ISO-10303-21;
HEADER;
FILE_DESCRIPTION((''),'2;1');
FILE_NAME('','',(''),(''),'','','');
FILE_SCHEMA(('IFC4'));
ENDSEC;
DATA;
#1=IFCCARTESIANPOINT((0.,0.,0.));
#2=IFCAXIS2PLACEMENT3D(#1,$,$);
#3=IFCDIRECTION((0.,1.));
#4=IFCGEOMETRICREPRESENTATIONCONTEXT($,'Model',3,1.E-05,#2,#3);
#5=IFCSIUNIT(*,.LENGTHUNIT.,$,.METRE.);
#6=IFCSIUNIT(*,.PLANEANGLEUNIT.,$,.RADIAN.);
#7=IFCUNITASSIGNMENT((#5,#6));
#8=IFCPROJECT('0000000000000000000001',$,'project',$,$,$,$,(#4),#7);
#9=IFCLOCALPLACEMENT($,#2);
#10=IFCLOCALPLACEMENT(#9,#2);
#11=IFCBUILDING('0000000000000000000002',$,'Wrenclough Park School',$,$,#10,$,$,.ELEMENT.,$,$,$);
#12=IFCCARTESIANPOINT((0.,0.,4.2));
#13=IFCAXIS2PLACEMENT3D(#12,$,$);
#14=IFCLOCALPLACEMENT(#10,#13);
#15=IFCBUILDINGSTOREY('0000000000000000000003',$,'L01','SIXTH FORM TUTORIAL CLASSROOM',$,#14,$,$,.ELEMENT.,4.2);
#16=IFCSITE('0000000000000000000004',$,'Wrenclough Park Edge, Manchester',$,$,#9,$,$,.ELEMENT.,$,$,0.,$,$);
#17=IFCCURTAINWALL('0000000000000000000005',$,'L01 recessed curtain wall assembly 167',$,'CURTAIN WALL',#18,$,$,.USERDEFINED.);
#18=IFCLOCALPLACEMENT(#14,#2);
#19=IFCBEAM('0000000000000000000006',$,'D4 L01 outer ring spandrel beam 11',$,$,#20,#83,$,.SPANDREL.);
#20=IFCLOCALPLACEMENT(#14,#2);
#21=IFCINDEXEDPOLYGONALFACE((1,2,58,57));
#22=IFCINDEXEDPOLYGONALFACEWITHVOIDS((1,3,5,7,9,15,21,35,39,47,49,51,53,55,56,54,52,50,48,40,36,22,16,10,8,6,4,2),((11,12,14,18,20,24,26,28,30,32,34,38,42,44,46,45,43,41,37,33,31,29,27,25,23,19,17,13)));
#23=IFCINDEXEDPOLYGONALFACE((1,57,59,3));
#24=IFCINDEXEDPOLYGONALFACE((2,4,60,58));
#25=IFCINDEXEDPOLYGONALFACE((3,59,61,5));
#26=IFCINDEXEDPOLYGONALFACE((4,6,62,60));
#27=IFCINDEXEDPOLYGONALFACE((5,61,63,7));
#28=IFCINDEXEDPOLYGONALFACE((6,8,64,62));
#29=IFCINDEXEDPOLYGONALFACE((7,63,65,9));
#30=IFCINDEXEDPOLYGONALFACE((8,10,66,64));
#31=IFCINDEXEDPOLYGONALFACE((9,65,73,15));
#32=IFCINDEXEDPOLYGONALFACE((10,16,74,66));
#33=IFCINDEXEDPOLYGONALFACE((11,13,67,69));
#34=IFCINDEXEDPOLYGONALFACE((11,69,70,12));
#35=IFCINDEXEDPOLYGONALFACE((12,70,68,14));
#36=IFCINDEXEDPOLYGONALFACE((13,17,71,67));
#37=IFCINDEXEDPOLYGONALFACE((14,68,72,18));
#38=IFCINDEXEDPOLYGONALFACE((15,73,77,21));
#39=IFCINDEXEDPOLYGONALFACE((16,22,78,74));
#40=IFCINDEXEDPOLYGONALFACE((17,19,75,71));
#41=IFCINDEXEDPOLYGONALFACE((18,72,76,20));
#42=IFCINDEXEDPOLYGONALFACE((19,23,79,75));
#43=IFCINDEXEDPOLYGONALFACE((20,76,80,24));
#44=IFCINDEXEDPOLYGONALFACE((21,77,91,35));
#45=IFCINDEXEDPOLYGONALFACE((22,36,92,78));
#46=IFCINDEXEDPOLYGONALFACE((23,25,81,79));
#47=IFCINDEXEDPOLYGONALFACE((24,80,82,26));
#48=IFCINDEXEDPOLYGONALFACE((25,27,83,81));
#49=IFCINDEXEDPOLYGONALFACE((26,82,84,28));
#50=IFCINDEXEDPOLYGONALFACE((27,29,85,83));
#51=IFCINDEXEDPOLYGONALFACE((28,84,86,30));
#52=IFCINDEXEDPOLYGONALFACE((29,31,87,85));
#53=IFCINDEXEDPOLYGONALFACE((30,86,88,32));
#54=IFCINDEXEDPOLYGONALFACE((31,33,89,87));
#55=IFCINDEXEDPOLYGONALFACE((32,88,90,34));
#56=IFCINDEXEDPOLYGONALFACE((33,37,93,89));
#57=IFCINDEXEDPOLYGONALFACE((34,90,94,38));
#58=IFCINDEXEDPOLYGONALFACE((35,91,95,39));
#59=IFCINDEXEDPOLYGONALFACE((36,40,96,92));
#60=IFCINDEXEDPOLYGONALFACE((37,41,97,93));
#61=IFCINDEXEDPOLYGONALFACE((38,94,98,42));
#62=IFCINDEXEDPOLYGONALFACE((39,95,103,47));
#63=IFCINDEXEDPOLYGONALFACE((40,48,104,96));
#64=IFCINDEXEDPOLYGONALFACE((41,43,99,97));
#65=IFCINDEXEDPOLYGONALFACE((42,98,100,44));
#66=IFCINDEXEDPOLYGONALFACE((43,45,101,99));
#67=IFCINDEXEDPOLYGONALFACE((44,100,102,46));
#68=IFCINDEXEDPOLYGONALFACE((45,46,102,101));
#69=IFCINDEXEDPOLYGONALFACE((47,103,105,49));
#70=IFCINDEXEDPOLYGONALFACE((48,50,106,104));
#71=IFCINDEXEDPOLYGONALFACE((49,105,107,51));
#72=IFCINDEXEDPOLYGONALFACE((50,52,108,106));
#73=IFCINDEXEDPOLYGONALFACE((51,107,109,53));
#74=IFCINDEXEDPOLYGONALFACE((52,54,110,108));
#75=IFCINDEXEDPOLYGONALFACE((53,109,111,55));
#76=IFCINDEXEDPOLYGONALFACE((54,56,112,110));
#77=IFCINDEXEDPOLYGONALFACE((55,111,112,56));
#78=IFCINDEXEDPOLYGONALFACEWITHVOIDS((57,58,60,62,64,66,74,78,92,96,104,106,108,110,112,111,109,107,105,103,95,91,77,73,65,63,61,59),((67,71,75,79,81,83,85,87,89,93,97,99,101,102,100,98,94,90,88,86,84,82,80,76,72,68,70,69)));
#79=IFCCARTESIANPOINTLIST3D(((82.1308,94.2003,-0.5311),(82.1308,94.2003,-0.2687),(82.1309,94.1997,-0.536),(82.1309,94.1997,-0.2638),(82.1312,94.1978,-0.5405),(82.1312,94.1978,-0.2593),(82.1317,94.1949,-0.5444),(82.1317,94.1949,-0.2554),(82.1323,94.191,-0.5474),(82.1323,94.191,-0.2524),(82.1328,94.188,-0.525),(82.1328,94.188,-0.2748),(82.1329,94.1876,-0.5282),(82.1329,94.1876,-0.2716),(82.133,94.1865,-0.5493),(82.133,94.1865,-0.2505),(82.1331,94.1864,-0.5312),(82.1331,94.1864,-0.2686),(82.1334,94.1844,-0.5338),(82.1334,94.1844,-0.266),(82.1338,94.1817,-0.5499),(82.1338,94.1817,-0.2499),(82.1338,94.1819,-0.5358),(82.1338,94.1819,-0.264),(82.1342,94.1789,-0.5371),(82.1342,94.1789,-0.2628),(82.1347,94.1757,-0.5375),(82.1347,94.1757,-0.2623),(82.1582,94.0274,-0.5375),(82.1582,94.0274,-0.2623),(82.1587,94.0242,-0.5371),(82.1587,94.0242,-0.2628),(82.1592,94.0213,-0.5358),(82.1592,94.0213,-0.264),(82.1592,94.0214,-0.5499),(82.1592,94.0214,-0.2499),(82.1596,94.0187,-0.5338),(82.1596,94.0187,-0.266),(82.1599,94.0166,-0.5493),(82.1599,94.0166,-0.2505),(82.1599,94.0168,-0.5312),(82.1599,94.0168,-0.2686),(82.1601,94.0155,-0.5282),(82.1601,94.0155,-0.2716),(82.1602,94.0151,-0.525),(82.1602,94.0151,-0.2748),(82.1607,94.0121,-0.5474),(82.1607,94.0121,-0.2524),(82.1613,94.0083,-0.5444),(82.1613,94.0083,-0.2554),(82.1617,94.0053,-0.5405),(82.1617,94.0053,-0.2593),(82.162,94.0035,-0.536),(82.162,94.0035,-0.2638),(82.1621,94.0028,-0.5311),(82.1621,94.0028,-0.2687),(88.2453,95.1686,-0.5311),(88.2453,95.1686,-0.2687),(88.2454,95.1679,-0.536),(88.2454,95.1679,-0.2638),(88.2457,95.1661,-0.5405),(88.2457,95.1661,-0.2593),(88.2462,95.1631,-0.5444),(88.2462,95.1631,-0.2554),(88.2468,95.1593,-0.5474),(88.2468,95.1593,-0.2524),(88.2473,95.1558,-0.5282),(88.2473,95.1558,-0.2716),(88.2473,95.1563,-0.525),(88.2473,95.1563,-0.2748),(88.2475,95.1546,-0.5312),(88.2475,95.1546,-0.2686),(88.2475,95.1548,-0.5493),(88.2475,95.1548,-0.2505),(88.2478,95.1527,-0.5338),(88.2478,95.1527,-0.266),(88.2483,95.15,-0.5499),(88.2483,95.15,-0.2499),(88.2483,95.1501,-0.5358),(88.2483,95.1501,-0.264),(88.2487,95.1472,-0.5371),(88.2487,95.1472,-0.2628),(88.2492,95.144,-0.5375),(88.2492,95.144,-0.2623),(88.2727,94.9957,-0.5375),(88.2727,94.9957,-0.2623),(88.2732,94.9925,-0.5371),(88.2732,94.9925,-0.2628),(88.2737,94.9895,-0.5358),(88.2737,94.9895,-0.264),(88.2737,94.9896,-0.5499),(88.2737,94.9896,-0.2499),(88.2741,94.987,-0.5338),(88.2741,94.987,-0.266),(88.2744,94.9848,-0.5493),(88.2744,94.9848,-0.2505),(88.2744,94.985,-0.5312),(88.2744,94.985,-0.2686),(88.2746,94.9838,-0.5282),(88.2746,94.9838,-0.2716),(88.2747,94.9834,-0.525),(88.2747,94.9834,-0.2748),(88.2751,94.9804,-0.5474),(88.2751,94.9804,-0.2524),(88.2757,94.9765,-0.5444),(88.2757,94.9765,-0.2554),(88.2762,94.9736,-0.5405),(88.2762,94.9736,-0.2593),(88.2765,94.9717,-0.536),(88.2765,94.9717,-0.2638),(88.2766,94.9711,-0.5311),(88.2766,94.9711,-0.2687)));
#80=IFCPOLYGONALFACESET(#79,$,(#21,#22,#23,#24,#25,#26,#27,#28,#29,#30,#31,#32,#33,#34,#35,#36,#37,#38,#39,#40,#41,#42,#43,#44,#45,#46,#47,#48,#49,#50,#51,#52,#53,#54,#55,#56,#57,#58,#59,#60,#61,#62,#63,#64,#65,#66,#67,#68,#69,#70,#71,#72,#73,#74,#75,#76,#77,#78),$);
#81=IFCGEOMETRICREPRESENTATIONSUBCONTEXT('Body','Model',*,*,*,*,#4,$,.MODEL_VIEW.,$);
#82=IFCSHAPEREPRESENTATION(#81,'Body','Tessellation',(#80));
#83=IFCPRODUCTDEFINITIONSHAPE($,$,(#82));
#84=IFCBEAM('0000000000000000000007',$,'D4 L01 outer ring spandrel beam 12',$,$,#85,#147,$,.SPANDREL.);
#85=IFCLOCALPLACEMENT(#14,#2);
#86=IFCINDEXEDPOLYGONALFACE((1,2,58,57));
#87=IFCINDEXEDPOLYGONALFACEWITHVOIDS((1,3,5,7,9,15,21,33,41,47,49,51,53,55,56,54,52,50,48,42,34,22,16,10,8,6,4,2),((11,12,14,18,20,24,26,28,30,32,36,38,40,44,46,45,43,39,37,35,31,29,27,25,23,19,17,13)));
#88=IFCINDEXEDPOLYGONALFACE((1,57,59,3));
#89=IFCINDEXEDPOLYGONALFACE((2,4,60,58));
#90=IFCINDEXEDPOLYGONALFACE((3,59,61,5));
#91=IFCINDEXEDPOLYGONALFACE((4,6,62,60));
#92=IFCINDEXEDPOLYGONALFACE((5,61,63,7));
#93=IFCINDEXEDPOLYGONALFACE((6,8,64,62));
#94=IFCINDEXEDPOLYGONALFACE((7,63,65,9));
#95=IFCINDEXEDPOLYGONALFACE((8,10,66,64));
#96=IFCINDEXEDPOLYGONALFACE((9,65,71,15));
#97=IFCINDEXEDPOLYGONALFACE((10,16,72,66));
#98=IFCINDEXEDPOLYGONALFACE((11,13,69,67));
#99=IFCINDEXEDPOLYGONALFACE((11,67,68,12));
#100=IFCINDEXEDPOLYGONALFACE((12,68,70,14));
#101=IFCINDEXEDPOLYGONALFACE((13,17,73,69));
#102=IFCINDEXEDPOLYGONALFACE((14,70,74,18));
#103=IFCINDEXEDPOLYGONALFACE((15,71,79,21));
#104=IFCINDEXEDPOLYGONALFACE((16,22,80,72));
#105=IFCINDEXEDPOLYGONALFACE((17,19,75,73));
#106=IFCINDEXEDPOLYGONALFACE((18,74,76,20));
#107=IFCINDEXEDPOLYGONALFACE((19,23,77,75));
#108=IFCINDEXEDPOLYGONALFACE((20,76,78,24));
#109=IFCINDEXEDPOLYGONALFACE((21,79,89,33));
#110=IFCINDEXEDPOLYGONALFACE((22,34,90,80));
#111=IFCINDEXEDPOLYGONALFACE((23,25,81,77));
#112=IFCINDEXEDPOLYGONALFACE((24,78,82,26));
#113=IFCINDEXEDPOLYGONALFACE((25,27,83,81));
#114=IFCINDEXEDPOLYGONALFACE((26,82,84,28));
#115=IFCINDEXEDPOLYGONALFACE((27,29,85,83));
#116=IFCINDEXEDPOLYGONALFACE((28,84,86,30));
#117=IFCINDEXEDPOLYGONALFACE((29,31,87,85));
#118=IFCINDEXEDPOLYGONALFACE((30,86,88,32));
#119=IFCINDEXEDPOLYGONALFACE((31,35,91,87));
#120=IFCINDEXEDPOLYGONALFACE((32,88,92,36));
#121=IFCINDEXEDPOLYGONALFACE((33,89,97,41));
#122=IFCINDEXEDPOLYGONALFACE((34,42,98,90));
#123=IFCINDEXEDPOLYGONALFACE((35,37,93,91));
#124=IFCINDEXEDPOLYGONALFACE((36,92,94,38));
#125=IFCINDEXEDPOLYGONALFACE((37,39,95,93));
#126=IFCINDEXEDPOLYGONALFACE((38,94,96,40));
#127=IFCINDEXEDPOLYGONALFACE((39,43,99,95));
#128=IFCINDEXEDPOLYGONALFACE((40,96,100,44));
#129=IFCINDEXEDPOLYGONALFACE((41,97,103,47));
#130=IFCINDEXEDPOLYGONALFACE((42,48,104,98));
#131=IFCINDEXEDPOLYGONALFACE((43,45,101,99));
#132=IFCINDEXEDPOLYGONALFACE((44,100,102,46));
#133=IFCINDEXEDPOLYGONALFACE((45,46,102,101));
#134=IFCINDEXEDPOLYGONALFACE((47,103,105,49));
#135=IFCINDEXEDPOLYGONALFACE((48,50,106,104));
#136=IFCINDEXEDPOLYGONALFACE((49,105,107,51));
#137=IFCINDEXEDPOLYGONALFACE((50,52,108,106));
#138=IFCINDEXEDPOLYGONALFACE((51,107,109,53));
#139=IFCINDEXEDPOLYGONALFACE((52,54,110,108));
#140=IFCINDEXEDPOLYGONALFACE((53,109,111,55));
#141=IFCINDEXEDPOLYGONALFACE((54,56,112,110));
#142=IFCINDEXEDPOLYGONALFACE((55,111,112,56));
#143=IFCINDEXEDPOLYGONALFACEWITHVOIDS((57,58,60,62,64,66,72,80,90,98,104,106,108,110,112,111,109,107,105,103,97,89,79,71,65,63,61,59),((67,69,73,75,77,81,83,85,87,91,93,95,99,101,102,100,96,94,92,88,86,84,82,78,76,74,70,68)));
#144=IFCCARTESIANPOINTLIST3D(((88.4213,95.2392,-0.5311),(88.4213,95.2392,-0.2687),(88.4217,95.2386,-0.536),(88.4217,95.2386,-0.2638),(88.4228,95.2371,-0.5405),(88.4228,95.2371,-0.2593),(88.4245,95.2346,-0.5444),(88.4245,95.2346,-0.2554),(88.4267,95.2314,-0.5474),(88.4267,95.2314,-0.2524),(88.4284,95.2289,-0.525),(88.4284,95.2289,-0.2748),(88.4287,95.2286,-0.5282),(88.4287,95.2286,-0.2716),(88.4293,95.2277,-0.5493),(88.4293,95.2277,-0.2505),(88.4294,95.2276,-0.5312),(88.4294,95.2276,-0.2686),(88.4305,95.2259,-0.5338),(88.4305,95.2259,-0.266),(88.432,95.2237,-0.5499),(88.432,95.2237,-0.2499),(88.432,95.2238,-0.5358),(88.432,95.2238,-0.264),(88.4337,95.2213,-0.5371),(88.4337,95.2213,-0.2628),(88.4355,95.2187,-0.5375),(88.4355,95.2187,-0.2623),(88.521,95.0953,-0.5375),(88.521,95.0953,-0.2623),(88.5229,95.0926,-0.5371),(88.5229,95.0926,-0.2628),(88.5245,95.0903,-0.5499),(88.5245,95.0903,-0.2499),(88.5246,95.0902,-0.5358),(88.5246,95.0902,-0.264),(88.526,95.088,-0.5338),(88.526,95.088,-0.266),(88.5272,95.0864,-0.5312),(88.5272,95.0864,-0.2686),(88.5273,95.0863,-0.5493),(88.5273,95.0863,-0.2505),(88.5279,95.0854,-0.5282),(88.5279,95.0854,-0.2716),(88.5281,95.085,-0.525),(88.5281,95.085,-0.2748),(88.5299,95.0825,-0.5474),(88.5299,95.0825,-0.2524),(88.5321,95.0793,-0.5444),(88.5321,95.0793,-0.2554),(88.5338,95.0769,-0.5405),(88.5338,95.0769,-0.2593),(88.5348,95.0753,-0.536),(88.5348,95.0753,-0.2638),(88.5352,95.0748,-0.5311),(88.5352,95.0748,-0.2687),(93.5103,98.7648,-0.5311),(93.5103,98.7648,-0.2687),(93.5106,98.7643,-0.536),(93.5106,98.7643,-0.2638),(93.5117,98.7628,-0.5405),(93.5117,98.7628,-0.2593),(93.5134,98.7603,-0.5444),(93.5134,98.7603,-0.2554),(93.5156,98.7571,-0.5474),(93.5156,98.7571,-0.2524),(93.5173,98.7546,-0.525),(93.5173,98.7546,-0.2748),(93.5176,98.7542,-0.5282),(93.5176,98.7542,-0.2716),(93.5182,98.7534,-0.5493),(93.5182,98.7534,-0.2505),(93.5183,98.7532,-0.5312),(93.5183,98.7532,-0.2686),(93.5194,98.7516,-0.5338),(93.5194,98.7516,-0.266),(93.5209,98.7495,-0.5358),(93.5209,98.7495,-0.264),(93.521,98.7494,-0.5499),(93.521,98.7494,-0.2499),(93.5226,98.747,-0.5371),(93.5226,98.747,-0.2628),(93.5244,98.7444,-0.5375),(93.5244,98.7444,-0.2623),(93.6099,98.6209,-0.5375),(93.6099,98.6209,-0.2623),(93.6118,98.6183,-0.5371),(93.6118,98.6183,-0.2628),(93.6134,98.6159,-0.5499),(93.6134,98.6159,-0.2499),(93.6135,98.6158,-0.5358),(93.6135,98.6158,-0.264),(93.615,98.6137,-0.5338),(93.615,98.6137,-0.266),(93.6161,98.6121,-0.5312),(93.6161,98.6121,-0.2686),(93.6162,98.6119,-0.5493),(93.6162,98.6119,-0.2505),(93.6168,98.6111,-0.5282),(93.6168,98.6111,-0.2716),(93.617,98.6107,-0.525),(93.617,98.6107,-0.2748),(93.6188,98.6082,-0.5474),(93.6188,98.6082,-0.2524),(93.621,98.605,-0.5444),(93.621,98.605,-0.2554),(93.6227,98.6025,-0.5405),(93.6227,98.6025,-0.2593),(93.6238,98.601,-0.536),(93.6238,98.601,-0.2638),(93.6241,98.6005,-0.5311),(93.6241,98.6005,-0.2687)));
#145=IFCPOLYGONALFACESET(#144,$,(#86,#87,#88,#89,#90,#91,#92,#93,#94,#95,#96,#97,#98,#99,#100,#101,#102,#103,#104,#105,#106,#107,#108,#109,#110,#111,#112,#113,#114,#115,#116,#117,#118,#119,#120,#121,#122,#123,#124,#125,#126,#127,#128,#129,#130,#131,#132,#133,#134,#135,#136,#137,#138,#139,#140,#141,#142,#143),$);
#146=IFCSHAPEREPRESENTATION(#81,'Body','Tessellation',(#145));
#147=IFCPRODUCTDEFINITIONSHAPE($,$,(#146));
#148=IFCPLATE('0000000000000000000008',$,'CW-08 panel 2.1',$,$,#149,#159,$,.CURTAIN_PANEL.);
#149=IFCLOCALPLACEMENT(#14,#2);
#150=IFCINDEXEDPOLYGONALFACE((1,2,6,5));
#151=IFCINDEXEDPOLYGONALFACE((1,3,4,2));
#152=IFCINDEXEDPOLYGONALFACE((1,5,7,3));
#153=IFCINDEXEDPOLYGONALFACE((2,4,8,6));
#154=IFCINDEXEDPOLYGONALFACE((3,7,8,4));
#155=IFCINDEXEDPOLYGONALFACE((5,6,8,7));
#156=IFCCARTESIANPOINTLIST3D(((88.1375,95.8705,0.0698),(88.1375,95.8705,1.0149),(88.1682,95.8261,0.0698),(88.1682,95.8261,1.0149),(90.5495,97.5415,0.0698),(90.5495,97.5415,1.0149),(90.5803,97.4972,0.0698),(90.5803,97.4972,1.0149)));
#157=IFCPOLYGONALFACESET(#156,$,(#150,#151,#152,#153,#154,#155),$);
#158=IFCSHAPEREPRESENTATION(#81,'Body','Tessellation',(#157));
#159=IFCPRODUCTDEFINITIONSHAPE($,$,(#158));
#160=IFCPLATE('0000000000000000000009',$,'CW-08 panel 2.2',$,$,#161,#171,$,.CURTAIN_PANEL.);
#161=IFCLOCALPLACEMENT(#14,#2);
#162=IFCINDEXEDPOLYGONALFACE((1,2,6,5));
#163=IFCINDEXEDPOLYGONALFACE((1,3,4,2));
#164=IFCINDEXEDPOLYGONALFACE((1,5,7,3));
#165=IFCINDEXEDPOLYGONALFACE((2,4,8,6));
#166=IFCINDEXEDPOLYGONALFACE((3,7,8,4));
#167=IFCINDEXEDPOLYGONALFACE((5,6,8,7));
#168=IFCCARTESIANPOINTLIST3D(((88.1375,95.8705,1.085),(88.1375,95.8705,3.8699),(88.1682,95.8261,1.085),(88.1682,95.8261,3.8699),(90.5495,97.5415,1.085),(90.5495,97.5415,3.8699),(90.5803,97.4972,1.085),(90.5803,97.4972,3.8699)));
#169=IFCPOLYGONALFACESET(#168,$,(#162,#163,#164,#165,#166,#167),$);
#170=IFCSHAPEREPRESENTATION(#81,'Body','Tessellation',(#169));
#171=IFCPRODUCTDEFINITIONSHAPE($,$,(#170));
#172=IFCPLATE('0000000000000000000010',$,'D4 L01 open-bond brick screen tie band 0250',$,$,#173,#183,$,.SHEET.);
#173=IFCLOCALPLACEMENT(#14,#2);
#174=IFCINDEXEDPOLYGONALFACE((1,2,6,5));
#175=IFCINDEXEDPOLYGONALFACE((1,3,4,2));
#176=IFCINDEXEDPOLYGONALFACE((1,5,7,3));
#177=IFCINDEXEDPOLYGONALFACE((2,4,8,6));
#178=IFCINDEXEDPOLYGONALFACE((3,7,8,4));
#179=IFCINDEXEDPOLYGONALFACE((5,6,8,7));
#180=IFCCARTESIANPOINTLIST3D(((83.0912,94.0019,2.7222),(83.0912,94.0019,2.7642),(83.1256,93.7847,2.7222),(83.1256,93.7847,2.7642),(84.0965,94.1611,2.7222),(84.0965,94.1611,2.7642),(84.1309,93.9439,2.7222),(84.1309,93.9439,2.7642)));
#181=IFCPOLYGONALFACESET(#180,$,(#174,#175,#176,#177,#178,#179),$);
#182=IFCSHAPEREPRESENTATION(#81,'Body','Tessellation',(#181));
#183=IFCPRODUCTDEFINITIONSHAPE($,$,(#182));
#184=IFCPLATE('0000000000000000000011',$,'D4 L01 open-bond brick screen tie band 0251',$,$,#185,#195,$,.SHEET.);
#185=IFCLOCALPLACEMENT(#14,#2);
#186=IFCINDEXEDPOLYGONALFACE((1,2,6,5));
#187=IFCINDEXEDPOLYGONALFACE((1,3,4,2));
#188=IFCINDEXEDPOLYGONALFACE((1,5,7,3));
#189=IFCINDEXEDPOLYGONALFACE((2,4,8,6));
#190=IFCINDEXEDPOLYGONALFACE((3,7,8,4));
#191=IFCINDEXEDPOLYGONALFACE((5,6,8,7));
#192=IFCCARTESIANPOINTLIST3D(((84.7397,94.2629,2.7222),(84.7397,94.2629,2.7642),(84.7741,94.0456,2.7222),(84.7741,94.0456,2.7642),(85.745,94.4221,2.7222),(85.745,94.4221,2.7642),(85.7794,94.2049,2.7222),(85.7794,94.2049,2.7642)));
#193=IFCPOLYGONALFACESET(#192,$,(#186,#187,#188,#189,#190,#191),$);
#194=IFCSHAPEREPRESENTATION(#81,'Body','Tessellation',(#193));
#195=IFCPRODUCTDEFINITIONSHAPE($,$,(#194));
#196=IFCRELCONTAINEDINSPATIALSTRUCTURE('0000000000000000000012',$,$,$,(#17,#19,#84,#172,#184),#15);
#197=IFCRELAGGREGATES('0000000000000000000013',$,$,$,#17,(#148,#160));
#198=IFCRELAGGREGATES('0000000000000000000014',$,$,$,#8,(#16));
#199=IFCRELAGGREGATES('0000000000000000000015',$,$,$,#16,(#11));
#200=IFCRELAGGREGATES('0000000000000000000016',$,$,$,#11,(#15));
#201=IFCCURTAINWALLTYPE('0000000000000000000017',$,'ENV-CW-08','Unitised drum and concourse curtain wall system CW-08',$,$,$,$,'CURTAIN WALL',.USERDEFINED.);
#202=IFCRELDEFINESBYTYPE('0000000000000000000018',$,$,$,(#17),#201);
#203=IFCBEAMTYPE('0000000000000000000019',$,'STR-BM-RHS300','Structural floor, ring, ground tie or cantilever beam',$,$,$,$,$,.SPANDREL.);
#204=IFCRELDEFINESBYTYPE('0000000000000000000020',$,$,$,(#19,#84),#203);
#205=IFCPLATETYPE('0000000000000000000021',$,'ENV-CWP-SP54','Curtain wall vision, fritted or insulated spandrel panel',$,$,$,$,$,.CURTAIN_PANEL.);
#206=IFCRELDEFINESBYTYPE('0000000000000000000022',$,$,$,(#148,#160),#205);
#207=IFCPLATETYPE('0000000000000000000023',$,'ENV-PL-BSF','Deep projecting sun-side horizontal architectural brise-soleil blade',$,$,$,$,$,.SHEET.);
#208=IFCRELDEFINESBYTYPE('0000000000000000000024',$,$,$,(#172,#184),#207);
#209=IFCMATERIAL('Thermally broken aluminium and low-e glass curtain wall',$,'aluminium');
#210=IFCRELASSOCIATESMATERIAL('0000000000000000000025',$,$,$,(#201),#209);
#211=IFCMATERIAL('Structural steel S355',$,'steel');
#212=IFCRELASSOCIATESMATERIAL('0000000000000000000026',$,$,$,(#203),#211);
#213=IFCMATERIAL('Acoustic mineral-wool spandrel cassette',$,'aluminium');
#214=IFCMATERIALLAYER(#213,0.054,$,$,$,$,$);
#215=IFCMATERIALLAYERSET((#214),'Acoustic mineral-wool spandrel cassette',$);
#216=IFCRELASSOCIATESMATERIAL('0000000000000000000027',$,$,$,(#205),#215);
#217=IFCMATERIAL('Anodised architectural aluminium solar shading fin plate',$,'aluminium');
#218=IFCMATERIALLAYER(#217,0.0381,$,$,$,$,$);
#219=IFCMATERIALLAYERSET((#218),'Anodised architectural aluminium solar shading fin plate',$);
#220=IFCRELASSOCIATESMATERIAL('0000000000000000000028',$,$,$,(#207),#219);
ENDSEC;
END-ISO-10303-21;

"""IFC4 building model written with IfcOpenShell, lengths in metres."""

from ifc_helpers import new_model, si_unit, direction, frame, origin, origin_2d, place, context, subcontext, project, spatial, rectangle, hollow_rectangle, extrude, material, layer, layer_set, material_profile, profile_set, type_object, element, aggregate, save


model = new_model("IFC4")

# Units and contexts
model_context = context("Model", 3, precision=1e-05, world=origin(), true_north=direction((0.0, 1.0)))
body_context = subcontext(model_context, "Body", "Model", "MODEL_VIEW")
ifc_project = project(units=[si_unit("LENGTHUNIT", "METRE"), si_unit("PLANEANGLEUNIT", "RADIAN")], contexts=[model_context])

# Site, building, storey
site_placement = place(None, origin())
site = spatial("IfcSite", under=ifc_project, at=site_placement, Name="Wrenclough Park Edge, Manchester", CompositionType="ELEMENT", RefElevation=0.0)
building_placement = place(site_placement, origin())
building = spatial("IfcBuilding", under=site, at=building_placement, Name="Wrenclough Park School", CompositionType="ELEMENT")
storey_placement = place(building_placement, frame((0.0, 0.0, 4.2)))
storey = spatial("IfcBuildingStorey", under=building, at=storey_placement, Name="L01", Description="SIXTH FORM TUTORIAL CLASSROOM", CompositionType="ELEMENT", Elevation=4.2)

# Shared definitions
ifc_material_1 = material(Name="Structural steel S355", Category="steel")

# Shared definitions
ifc_material_2 = material(Name="Thermally broken aluminium and low-e glass curtain wall", Category="aluminium")

# Curtain wall
curtain_wall_type_1 = type_object("IfcCurtainWallType", Name="ENV-CW-08", Description="Unitised drum and concourse curtain wall system CW-08", ElementType="CURTAIN WALL", PredefinedType="USERDEFINED", material=ifc_material_2)
curtain_wall_1_placement = place(storey_placement, origin())
curtain_wall_1 = element("IfcCurtainWall", 1, at=curtain_wall_1_placement, inside=storey, type_object=curtain_wall_type_1, Name="L01 recessed curtain wall assembly 167", ObjectType="CURTAIN WALL", PredefinedType="USERDEFINED")

# Beams
ifc_material_profile_1 = material_profile(ifc_material_1, hollow_rectangle(XDim=0.2, YDim=0.3, WallThickness=0.0125, InnerFilletRadius=0.0125, OuterFilletRadius=0.0188, at=origin_2d()), Name="RHS 300x200x12.5")
ifc_profile_set_1 = profile_set([ifc_material_profile_1], Name="Structural steel S355")
beam_type = type_object("IfcBeamType", Name="STR-BM-RHS300", Description="Structural floor, ring, ground tie or cantilever beam", PredefinedType="SPANDREL", material=ifc_profile_set_1)
beam_1_placement = place(storey_placement, frame((82.1465, 94.1016, -0.3999), z_axis=(0.987693, 0.156406, 0.0), x_axis=(-0.156406, 0.987693, 0.0)))
element("IfcBeam", 2, at=beam_1_placement, inside=storey, type_object=beam_type, Name="D4 L01 outer ring spandrel beam 11", PredefinedType="SPANDREL", context=body_context, shape_type="SweptSolid", body=[
    extrude(hollow_rectangle(XDim=0.2, YDim=0.3, WallThickness=0.0125, InnerFilletRadius=0.0125, OuterFilletRadius=0.0188, at=origin_2d()), origin(), (0.0, 0.0, 1.0), 6.1907),
])
beam_2_placement = place(storey_placement, frame((88.4783, 95.157, -0.3999), z_axis=(0.821998, 0.569491, 0.0), x_axis=(-0.569491, 0.821998, 0.0)))
element("IfcBeam", 3, at=beam_2_placement, inside=storey, type_object=beam_type, Name="D4 L01 outer ring spandrel beam 12", PredefinedType="SPANDREL", context=body_context, shape_type="SweptSolid", body=[
    extrude(hollow_rectangle(XDim=0.2, YDim=0.3, WallThickness=0.0125, InnerFilletRadius=0.0125, OuterFilletRadius=0.0188, at=origin_2d()), origin(), (0.0, 0.0, 1.0), 6.1909),
])

# Plates
ifc_material_3 = material(Name="Acoustic mineral-wool spandrel cassette", Category="aluminium")
ifc_layer_1 = layer(ifc_material_3, 0.054)
ifc_layer_set_1 = layer_set([ifc_layer_1], Name="Acoustic mineral-wool spandrel cassette")
plate_type_1 = type_object("IfcPlateType", Name="ENV-CWP-SP54", Description="Curtain wall vision, fritted or insulated spandrel panel", PredefinedType="CURTAIN_PANEL", material=ifc_layer_set_1)
plate_1_placement = place(storey_placement, frame((89.3589, 96.6838, 0.0698), z_axis=(0.0, 0.0, 1.0), x_axis=(-0.822001, -0.569486, 0.0)))
plate_1 = element("IfcPlate", 4, at=plate_1_placement, type_object=plate_type_1, Name="CW-08 panel 2.1", PredefinedType="CURTAIN_PANEL", context=body_context, shape_type="SweptSolid", body=[
    extrude(rectangle(XDim=2.9343, YDim=0.054, at=origin_2d()), origin(), (0.0, 0.0, 1.0), 0.9451),
])
plate_2_placement = place(storey_placement, frame((89.3589, 96.6838, 1.085), z_axis=(0.0, 0.0, 1.0), x_axis=(-0.822001, -0.569486, 0.0)))
plate_2 = element("IfcPlate", 5, at=plate_2_placement, type_object=plate_type_1, Name="CW-08 panel 2.2", PredefinedType="CURTAIN_PANEL", context=body_context, shape_type="SweptSolid", body=[
    extrude(rectangle(XDim=2.9343, YDim=0.054, at=origin_2d()), origin(), (0.0, 0.0, 1.0), 2.7849),
])
aggregate(curtain_wall_1, [plate_1, plate_2])

# Plates
ifc_material_4 = material(Name="Anodised architectural aluminium solar shading fin plate", Category="aluminium")
ifc_layer_2 = layer(ifc_material_4, 0.0381)
ifc_layer_set_2 = layer_set([ifc_layer_2], Name="Anodised architectural aluminium solar shading fin plate")
plate_type_2 = type_object("IfcPlateType", Name="ENV-PL-BSF", Description="Deep projecting sun-side horizontal architectural brise-soleil blade", PredefinedType="SHEET", material=ifc_layer_set_2)
for number, where, z_axis, x_axis, name in (
    (6, (83.6111, 93.9729, 2.7222), (0.0, 0.0, 1.0), (0.987688, 0.156436, 0.0), "D4 L01 open-bond brick screen tie band 0250"),
    (7, (85.2595, 94.2339, 2.7222), (0.0, 0.0, 1.0), (0.987688, 0.156436, 0.0), "D4 L01 open-bond brick screen tie band 0251"),
):
    element("IfcPlate", number, at=place(storey_placement, frame(where, z_axis=z_axis, x_axis=x_axis)), inside=storey, type_object=plate_type_2, Name=name, PredefinedType="SHEET", context=body_context, shape_type="SweptSolid", body=[
        extrude(rectangle(XDim=1.0178, YDim=0.22, at=origin_2d()), origin(), (0.0, 0.0, 1.0), 0.042),
    ])

save(model, "model.ifc")
